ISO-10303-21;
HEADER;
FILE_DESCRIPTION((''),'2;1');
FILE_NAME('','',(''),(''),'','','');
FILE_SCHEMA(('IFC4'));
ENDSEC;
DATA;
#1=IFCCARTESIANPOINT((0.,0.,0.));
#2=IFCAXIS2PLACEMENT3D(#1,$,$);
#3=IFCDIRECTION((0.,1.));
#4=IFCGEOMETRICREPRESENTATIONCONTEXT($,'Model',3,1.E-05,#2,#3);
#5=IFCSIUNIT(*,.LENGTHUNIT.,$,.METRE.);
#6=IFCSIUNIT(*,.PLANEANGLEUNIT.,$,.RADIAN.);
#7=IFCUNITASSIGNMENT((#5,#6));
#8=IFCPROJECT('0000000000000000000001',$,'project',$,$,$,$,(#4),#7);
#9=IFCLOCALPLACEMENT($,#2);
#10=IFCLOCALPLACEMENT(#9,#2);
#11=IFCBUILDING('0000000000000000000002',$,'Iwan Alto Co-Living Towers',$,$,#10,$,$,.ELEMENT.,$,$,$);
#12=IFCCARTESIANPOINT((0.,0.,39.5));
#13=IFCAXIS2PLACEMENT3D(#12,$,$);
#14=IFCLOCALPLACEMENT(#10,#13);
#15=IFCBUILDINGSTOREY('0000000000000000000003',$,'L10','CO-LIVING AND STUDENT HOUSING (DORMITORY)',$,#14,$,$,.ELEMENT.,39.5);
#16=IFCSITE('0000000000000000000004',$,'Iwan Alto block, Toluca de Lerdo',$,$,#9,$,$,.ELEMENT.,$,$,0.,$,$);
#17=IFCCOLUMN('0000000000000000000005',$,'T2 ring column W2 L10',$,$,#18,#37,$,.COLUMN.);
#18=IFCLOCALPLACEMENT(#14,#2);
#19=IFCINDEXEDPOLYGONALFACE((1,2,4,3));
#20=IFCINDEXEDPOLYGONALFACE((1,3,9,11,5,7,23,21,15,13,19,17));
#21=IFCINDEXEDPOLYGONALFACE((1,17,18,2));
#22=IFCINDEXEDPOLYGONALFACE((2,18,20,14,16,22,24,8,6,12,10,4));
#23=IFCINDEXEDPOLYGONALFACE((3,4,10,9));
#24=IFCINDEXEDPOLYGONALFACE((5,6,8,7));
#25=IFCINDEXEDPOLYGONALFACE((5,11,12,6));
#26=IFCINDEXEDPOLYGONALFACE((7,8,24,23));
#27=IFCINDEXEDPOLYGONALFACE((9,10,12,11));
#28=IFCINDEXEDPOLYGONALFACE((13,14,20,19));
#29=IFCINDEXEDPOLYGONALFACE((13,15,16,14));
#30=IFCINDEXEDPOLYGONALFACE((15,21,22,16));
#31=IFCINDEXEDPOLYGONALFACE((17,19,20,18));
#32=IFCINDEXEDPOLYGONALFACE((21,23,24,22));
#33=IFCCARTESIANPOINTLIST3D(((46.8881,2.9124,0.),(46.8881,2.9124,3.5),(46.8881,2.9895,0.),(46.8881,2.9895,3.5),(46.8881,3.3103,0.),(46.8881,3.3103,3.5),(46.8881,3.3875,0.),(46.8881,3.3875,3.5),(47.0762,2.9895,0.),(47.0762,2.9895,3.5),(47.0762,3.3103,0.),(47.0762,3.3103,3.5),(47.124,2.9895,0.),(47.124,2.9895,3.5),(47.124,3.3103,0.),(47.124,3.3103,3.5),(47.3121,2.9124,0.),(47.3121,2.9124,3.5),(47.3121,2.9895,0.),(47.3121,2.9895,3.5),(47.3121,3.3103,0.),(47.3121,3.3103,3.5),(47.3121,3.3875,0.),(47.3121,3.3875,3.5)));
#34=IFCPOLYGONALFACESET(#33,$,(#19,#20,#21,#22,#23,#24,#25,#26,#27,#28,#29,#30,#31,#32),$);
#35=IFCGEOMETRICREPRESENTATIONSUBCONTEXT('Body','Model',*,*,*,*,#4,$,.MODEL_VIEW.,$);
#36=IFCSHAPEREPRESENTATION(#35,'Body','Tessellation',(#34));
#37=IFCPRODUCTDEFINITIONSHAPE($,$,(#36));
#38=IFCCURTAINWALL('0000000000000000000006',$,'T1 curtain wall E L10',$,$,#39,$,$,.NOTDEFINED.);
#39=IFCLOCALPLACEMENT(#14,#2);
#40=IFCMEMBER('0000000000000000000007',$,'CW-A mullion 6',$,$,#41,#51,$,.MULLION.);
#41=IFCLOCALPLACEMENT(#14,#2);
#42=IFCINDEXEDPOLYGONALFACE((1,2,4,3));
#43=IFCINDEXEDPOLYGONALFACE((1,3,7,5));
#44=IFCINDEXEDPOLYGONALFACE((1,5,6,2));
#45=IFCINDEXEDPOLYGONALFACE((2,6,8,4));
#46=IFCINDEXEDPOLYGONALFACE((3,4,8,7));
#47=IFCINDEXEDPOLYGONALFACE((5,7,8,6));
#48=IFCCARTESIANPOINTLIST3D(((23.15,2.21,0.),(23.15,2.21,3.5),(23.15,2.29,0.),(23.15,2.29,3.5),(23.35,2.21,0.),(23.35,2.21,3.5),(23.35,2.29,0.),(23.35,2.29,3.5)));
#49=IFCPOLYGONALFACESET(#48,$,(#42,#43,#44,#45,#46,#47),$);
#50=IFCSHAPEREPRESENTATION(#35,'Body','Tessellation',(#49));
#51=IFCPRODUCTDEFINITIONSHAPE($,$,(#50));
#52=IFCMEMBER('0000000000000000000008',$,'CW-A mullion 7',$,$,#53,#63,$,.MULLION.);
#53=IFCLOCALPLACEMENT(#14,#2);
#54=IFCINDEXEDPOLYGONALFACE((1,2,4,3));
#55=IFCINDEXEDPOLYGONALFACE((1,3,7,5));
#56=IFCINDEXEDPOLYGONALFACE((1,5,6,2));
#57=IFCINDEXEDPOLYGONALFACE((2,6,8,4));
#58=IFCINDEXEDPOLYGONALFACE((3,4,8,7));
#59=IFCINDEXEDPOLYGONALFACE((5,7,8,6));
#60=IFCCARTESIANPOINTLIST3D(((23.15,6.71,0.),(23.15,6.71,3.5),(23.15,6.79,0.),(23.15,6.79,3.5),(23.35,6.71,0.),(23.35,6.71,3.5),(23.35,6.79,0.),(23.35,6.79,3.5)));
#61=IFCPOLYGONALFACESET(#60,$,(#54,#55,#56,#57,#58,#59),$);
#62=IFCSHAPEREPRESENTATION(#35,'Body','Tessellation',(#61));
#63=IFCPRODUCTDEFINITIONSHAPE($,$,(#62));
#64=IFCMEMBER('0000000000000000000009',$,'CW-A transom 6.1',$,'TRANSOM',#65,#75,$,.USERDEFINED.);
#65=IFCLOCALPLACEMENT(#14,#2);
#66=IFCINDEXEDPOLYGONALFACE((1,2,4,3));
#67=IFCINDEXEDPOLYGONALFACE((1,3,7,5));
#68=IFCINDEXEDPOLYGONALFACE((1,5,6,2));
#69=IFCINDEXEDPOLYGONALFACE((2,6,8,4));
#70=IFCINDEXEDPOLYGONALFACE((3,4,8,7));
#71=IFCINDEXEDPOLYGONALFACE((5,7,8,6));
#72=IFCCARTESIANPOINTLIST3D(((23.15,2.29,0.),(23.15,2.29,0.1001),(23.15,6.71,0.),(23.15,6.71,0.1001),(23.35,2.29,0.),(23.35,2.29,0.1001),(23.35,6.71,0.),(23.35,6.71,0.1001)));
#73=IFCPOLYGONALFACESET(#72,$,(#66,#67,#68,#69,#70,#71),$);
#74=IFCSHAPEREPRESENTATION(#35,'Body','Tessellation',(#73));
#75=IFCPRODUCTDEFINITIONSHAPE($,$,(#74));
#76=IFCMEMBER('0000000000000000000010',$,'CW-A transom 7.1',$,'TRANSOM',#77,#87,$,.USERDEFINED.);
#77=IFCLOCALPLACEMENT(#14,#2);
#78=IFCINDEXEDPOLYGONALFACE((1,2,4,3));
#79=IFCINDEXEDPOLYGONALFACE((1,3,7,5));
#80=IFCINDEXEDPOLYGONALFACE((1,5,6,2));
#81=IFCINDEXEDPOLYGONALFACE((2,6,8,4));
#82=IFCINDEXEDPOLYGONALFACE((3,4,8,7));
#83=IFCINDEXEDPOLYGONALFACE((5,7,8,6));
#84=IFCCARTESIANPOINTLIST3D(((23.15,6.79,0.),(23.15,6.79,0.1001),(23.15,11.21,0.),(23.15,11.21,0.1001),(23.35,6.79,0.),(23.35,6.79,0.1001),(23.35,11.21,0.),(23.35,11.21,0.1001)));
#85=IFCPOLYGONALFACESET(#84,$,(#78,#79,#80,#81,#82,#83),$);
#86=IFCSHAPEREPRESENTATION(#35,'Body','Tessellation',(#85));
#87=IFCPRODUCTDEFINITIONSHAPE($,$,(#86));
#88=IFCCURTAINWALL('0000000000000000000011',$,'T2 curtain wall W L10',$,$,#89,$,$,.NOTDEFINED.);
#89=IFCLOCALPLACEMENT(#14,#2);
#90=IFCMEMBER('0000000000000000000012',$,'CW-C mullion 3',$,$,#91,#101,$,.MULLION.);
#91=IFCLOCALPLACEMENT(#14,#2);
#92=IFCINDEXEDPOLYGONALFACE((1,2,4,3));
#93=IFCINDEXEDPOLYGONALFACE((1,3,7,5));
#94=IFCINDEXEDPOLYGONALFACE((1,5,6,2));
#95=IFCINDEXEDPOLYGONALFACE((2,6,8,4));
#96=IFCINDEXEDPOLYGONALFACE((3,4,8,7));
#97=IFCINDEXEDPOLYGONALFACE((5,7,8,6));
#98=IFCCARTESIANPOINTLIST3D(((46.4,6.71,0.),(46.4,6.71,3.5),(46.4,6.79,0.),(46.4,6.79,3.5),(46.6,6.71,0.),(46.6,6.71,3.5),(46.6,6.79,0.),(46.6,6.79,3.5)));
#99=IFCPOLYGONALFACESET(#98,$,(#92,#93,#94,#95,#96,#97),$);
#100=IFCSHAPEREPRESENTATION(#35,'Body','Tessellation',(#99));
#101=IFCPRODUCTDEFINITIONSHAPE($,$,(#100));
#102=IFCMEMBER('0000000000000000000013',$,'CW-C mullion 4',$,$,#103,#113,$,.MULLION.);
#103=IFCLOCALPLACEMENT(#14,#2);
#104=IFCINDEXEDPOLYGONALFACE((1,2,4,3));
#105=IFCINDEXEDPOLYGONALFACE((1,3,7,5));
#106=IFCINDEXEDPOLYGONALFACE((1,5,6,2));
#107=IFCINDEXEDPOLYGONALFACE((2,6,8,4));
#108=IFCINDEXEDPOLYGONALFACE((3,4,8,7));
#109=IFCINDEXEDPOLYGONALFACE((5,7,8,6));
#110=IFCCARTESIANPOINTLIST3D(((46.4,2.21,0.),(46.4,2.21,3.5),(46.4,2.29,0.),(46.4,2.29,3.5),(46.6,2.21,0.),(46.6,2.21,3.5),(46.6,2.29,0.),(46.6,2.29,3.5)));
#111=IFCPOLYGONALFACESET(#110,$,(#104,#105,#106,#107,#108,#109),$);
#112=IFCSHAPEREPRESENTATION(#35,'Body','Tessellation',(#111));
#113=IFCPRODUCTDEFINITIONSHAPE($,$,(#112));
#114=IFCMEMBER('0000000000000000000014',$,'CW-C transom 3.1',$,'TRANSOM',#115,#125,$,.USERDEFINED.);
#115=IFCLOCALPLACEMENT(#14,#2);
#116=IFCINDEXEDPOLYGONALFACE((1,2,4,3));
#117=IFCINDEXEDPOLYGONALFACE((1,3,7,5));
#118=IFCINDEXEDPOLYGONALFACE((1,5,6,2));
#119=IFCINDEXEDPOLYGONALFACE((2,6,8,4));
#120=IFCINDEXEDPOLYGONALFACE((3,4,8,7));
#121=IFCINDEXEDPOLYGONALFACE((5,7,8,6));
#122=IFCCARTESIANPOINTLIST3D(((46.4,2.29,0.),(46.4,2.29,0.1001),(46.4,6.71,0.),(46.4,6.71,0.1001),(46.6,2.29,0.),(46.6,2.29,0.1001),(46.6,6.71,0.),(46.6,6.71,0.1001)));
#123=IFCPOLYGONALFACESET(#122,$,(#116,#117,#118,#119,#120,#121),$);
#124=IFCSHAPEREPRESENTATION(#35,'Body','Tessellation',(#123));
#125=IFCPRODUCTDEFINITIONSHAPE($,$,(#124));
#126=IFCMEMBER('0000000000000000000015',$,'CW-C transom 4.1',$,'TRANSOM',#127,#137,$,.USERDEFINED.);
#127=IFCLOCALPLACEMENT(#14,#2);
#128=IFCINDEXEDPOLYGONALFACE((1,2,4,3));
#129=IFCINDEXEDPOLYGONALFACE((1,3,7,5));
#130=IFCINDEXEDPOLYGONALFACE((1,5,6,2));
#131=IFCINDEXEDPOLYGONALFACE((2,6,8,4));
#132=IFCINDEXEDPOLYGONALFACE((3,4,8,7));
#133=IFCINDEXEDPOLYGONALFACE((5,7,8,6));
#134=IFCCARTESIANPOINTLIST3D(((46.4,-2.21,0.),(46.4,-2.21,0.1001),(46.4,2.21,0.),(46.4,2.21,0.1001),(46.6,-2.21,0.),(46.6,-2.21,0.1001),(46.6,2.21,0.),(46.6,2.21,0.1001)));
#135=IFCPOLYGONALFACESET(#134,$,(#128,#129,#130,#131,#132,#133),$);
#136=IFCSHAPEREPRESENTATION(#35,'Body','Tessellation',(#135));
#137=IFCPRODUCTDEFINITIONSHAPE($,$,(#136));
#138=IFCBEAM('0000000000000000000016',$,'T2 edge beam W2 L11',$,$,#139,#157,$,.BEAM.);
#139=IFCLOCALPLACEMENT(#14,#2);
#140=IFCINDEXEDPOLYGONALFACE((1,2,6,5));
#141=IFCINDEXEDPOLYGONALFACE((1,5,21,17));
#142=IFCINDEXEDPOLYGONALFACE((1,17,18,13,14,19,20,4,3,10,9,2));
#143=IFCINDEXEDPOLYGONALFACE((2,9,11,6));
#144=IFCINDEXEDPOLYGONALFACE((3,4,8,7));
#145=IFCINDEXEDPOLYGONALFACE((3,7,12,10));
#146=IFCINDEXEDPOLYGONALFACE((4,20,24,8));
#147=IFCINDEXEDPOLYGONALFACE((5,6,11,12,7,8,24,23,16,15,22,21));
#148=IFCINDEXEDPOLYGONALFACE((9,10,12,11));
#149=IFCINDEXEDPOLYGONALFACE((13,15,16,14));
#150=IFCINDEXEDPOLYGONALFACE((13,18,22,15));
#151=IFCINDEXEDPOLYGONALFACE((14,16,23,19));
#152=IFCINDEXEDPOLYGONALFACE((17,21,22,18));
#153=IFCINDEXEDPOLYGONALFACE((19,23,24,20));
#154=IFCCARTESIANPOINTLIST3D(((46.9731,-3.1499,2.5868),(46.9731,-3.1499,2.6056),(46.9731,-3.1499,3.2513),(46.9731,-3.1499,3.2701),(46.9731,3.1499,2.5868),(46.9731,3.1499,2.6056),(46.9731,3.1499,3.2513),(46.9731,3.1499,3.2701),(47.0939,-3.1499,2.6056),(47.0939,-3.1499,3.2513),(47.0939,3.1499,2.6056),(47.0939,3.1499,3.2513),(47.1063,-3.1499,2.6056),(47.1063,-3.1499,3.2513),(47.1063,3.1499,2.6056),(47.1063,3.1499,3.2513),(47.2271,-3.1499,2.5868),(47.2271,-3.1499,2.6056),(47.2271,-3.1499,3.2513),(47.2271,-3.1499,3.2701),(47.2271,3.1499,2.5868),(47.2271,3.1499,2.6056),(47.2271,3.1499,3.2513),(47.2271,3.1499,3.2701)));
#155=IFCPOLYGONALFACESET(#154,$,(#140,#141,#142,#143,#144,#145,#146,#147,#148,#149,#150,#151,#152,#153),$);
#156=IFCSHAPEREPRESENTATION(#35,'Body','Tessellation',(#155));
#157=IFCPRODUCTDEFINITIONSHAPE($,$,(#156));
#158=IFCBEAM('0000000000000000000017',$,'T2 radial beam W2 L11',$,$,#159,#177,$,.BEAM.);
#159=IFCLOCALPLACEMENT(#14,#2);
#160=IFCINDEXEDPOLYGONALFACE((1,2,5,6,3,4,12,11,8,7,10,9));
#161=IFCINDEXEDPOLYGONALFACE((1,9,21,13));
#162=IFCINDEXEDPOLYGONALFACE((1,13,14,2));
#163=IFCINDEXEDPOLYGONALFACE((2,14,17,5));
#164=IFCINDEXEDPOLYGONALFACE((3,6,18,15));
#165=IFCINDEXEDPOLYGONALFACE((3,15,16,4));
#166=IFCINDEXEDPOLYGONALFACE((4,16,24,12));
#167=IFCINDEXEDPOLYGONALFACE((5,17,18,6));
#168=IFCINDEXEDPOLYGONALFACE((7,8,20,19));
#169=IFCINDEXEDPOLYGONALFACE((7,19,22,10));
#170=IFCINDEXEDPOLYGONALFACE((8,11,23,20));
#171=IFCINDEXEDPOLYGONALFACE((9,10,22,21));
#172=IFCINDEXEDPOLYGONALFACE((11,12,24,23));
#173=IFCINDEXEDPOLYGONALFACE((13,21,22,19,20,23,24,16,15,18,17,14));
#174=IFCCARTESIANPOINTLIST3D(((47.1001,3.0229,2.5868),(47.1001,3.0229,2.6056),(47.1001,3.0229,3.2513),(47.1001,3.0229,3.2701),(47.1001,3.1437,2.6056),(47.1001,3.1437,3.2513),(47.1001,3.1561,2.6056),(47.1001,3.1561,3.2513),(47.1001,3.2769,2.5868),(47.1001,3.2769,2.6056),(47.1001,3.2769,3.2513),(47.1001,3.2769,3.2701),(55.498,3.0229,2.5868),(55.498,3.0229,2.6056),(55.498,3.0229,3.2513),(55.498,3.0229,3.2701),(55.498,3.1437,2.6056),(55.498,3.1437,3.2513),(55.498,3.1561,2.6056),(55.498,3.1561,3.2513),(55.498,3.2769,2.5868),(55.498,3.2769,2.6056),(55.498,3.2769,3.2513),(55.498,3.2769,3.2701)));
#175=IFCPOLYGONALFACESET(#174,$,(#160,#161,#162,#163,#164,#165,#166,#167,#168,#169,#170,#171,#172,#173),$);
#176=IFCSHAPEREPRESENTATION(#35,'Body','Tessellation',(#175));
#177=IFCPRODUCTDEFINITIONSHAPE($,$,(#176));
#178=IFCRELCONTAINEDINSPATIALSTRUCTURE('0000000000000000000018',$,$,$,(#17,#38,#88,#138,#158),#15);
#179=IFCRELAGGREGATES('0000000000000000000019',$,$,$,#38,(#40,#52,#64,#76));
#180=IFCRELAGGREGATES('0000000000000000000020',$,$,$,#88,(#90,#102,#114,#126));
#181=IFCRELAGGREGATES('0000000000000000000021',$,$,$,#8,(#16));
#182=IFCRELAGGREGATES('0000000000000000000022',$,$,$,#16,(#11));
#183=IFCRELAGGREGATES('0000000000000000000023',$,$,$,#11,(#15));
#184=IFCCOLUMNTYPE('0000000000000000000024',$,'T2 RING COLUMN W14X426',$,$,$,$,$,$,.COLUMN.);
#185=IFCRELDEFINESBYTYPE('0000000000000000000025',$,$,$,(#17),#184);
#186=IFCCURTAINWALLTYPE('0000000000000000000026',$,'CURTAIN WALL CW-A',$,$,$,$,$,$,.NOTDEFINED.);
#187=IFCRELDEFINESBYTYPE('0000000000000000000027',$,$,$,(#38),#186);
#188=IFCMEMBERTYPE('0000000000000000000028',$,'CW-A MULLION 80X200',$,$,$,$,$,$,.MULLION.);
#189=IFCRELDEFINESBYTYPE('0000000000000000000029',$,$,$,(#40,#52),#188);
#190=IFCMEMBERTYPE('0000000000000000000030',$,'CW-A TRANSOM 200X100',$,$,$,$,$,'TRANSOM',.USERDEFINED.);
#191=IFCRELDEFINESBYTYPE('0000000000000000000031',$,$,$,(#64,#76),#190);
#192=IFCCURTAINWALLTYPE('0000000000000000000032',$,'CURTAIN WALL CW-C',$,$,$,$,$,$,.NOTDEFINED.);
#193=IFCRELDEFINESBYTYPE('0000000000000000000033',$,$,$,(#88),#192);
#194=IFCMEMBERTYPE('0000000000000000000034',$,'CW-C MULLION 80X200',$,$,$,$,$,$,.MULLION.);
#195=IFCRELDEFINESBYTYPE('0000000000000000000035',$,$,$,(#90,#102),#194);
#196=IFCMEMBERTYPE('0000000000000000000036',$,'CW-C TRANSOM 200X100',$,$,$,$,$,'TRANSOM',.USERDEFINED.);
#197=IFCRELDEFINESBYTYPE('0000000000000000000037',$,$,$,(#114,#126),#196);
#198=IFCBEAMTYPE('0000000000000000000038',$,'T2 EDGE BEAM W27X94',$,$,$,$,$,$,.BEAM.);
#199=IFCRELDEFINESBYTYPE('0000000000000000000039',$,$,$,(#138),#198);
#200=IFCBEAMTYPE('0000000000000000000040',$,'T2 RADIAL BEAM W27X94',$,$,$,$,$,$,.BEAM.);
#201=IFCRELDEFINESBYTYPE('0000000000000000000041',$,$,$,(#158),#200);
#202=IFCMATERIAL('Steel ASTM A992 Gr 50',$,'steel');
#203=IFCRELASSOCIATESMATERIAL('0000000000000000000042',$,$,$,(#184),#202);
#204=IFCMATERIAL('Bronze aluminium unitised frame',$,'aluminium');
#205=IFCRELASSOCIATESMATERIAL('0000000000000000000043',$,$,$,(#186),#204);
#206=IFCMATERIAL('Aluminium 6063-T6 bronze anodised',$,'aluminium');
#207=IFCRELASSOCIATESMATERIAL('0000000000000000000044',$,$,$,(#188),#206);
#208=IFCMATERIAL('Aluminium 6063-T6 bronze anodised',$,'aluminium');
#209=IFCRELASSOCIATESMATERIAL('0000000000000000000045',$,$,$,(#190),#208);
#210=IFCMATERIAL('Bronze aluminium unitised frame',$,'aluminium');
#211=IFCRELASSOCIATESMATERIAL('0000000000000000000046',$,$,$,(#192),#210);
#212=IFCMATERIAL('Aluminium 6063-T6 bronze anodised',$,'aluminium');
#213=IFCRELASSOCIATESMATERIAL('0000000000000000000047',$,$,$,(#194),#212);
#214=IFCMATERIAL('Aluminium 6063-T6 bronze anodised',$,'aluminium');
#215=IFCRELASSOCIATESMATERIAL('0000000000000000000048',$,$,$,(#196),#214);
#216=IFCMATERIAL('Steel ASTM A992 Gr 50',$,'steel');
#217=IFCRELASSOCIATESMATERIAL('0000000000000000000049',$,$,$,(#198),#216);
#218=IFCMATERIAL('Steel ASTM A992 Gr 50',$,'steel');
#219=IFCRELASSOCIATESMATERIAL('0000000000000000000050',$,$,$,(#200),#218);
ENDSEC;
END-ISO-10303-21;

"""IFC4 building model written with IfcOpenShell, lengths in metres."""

from ifc_helpers import new_model, si_unit, direction, frame, origin, origin_2d, place, context, subcontext, project, spatial, rectangle, i_section, extrude, material, material_profile, profile_set, type_object, element, aggregate, save


model = new_model("IFC4")

# Units and contexts
model_context = context("Model", 3, precision=1e-05, world=origin(), true_north=direction((0.0, 1.0)))
body_context = subcontext(model_context, "Body", "Model", "MODEL_VIEW")
ifc_project = project(units=[si_unit("LENGTHUNIT", "METRE"), si_unit("PLANEANGLEUNIT", "RADIAN")], contexts=[model_context])

# Site, building, storey
site_placement = place(None, origin())
site = spatial("IfcSite", under=ifc_project, at=site_placement, Name="Iwan Alto block, Toluca de Lerdo", CompositionType="ELEMENT", RefElevation=0.0)
building_placement = place(site_placement, origin())
building = spatial("IfcBuilding", under=site, at=building_placement, Name="Iwan Alto Co-Living Towers", CompositionType="ELEMENT")
storey_placement = place(building_placement, frame((0.0, 0.0, 39.5)))
storey = spatial("IfcBuildingStorey", under=building, at=storey_placement, Name="L10", Description="CO-LIVING AND STUDENT HOUSING (DORMITORY)", CompositionType="ELEMENT", Elevation=39.5)

# Column
ifc_material_1 = material(Name="Steel ASTM A992 Gr 50", Category="steel")
ifc_material_profile_1 = material_profile(ifc_material_1, i_section(OverallWidth=0.4241, OverallDepth=0.4751, WebThickness=0.0479, FlangeThickness=0.0771, at=origin_2d()), Name="W14X426")
ifc_profile_set_1 = profile_set([ifc_material_profile_1], Name="Steel ASTM A992 Gr 50")
column_type = type_object("IfcColumnType", Name="T2 RING COLUMN W14X426", PredefinedType="COLUMN", material=ifc_profile_set_1)
column_placement = place(storey_placement, frame((47.1001, 3.1499, 0.0), z_axis=(0.0, 0.0, 1.0), x_axis=(1.0, 0.0, 0.0)))
element("IfcColumn", 1, at=column_placement, inside=storey, type_object=column_type, Name="T2 ring column W2 L10", PredefinedType="COLUMN", context=body_context, shape_type="SweptSolid", body=[
    extrude(i_section(OverallWidth=0.4241, OverallDepth=0.4751, WebThickness=0.0479, FlangeThickness=0.0771, at=origin_2d()), origin(), (0.0, 0.0, 1.0), 3.5),
])

# Curtain walls, members
ifc_material_2 = material(Name="Bronze aluminium unitised frame", Category="aluminium")
curtain_wall_type_1 = type_object("IfcCurtainWallType", Name="CURTAIN WALL CW-A", PredefinedType="NOTDEFINED", material=ifc_material_2)
curtain_wall_1_placement = place(storey_placement, origin())
curtain_wall_1 = element("IfcCurtainWall", 2, at=curtain_wall_1_placement, inside=storey, type_object=curtain_wall_type_1, Name="T1 curtain wall E L10", PredefinedType="NOTDEFINED")
ifc_material_3 = material(Name="Aluminium 6063-T6 bronze anodised", Category="aluminium")
ifc_material_profile_2 = material_profile(ifc_material_3, rectangle(XDim=0.2, YDim=0.0801, at=origin_2d()), Name="AL 80X200")
ifc_profile_set_2 = profile_set([ifc_material_profile_2], Name="Aluminium 6063-T6 bronze anodised")
member_type_1 = type_object("IfcMemberType", Name="CW-A MULLION 80X200", PredefinedType="MULLION", material=ifc_profile_set_2)
member_1_placement = place(storey_placement, frame((23.25, 2.25, 0.0), z_axis=(0.0, 0.0, 1.0), x_axis=(-1.0, 0.0, 0.0)))
member_1 = element("IfcMember", 3, at=member_1_placement, type_object=member_type_1, Name="CW-A mullion 6", PredefinedType="MULLION", context=body_context, shape_type="SweptSolid", body=[
    extrude(rectangle(XDim=0.2, YDim=0.0801, at=origin_2d()), origin(), (0.0, 0.0, 1.0), 3.5),
])
member_2_placement = place(storey_placement, frame((23.25, 6.75, 0.0), z_axis=(0.0, 0.0, 1.0), x_axis=(-1.0, 0.0, 0.0)))
member_2 = element("IfcMember", 4, at=member_2_placement, type_object=member_type_1, Name="CW-A mullion 7", PredefinedType="MULLION", context=body_context, shape_type="SweptSolid", body=[
    extrude(rectangle(XDim=0.2, YDim=0.0801, at=origin_2d()), origin(), (0.0, 0.0, 1.0), 3.5),
])
ifc_material_4 = material(Name="Aluminium 6063-T6 bronze anodised", Category="aluminium")
ifc_material_profile_3 = material_profile(ifc_material_4, rectangle(XDim=0.2, YDim=0.1001, at=origin_2d()), Name="AL 200X100")
ifc_profile_set_3 = profile_set([ifc_material_profile_3], Name="Aluminium 6063-T6 bronze anodised")
member_type_2 = type_object("IfcMemberType", Name="CW-A TRANSOM 200X100", ElementType="TRANSOM", PredefinedType="USERDEFINED", material=ifc_profile_set_3)
member_3_placement = place(storey_placement, frame((23.25, 2.29, 0.05), z_axis=(0.0, 1.0, 0.0), x_axis=(-1.0, 0.0, 0.0)))
member_3 = element("IfcMember", 5, at=member_3_placement, type_object=member_type_2, Name="CW-A transom 6.1", ObjectType="TRANSOM", PredefinedType="USERDEFINED", context=body_context, shape_type="SweptSolid", body=[
    extrude(rectangle(XDim=0.2, YDim=0.1001, at=origin_2d()), origin(), (0.0, 0.0, 1.0), 4.4199),
])
member_4_placement = place(storey_placement, frame((23.25, 6.79, 0.05), z_axis=(0.0, 1.0, 0.0), x_axis=(-1.0, 0.0, 0.0)))
member_4 = element("IfcMember", 6, at=member_4_placement, type_object=member_type_2, Name="CW-A transom 7.1", ObjectType="TRANSOM", PredefinedType="USERDEFINED", context=body_context, shape_type="SweptSolid", body=[
    extrude(rectangle(XDim=0.2, YDim=0.1001, at=origin_2d()), origin(), (0.0, 0.0, 1.0), 4.4199),
])
ifc_material_5 = material(Name="Bronze aluminium unitised frame", Category="aluminium")
curtain_wall_type_2 = type_object("IfcCurtainWallType", Name="CURTAIN WALL CW-C", PredefinedType="NOTDEFINED", material=ifc_material_5)
curtain_wall_2_placement = place(storey_placement, origin())
curtain_wall_2 = element("IfcCurtainWall", 7, at=curtain_wall_2_placement, inside=storey, type_object=curtain_wall_type_2, Name="T2 curtain wall W L10", PredefinedType="NOTDEFINED")
ifc_material_6 = material(Name="Aluminium 6063-T6 bronze anodised", Category="aluminium")
ifc_material_profile_4 = material_profile(ifc_material_6, rectangle(XDim=0.2, YDim=0.0801, at=origin_2d()), Name="AL 80X200")
ifc_profile_set_4 = profile_set([ifc_material_profile_4], Name="Aluminium 6063-T6 bronze anodised")
member_type_3 = type_object("IfcMemberType", Name="CW-C MULLION 80X200", PredefinedType="MULLION", material=ifc_profile_set_4)
member_5_placement = place(storey_placement, frame((46.5, 6.75, 0.0), z_axis=(0.0, 0.0, 1.0), x_axis=(1.0, 0.0, 0.0)))
member_5 = element("IfcMember", 8, at=member_5_placement, type_object=member_type_3, Name="CW-C mullion 3", PredefinedType="MULLION", context=body_context, shape_type="SweptSolid", body=[
    extrude(rectangle(XDim=0.2, YDim=0.0801, at=origin_2d()), origin(), (0.0, 0.0, 1.0), 3.5),
])
member_6_placement = place(storey_placement, frame((46.5, 2.25, 0.0), z_axis=(0.0, 0.0, 1.0), x_axis=(1.0, 0.0, 0.0)))
member_6 = element("IfcMember", 9, at=member_6_placement, type_object=member_type_3, Name="CW-C mullion 4", PredefinedType="MULLION", context=body_context, shape_type="SweptSolid", body=[
    extrude(rectangle(XDim=0.2, YDim=0.0801, at=origin_2d()), origin(), (0.0, 0.0, 1.0), 3.5),
])
ifc_material_7 = material(Name="Aluminium 6063-T6 bronze anodised", Category="aluminium")
ifc_material_profile_5 = material_profile(ifc_material_7, rectangle(XDim=0.2, YDim=0.1001, at=origin_2d()), Name="AL 200X100")
ifc_profile_set_5 = profile_set([ifc_material_profile_5], Name="Aluminium 6063-T6 bronze anodised")
member_type_4 = type_object("IfcMemberType", Name="CW-C TRANSOM 200X100", ElementType="TRANSOM", PredefinedType="USERDEFINED", material=ifc_profile_set_5)
member_7_placement = place(storey_placement, frame((46.5, 6.71, 0.05), z_axis=(0.0, -1.0, 0.0), x_axis=(1.0, 0.0, 0.0)))
member_7 = element("IfcMember", 10, at=member_7_placement, type_object=member_type_4, Name="CW-C transom 3.1", ObjectType="TRANSOM", PredefinedType="USERDEFINED", context=body_context, shape_type="SweptSolid", body=[
    extrude(rectangle(XDim=0.2, YDim=0.1001, at=origin_2d()), origin(), (0.0, 0.0, 1.0), 4.4199),
])
member_8_placement = place(storey_placement, frame((46.5, 2.21, 0.05), z_axis=(0.0, -1.0, 0.0), x_axis=(1.0, 0.0, 0.0)))
member_8 = element("IfcMember", 11, at=member_8_placement, type_object=member_type_4, Name="CW-C transom 4.1", ObjectType="TRANSOM", PredefinedType="USERDEFINED", context=body_context, shape_type="SweptSolid", body=[
    extrude(rectangle(XDim=0.2, YDim=0.1001, at=origin_2d()), origin(), (0.0, 0.0, 1.0), 4.4199),
])

# Beams
ifc_material_8 = material(Name="Steel ASTM A992 Gr 50", Category="steel")
ifc_material_profile_6 = material_profile(ifc_material_8, i_section(OverallWidth=0.2539, OverallDepth=0.6833, WebThickness=0.0125, FlangeThickness=0.0188, at=origin_2d()), Name="W27X94")
ifc_profile_set_6 = profile_set([ifc_material_profile_6], Name="Steel ASTM A992 Gr 50")
beam_type_1 = type_object("IfcBeamType", Name="T2 EDGE BEAM W27X94", PredefinedType="BEAM", material=ifc_profile_set_6)
beam_1_placement = place(storey_placement, frame((47.1001, 3.1499, 2.9285), z_axis=(0.0, -1.0, 0.0), x_axis=(1.0, 0.0, 0.0)))
element("IfcBeam", 12, at=beam_1_placement, inside=storey, type_object=beam_type_1, Name="T2 edge beam W2 L11", PredefinedType="BEAM", context=body_context, shape_type="SweptSolid", body=[
    extrude(i_section(OverallWidth=0.2539, OverallDepth=0.6833, WebThickness=0.0125, FlangeThickness=0.0188, at=origin_2d()), origin(), (0.0, 0.0, 1.0), 6.2998),
])
ifc_material_9 = material(Name="Steel ASTM A992 Gr 50", Category="steel")
ifc_material_profile_7 = material_profile(ifc_material_9, i_section(OverallWidth=0.2539, OverallDepth=0.6833, WebThickness=0.0125, FlangeThickness=0.0188, at=origin_2d()), Name="W27X94")
ifc_profile_set_7 = profile_set([ifc_material_profile_7], Name="Steel ASTM A992 Gr 50")
beam_type_2 = type_object("IfcBeamType", Name="T2 RADIAL BEAM W27X94", PredefinedType="BEAM", material=ifc_profile_set_7)
beam_2_placement = place(storey_placement, frame((47.1001, 3.1499, 2.9285), z_axis=(1.0, 0.0, 0.0), x_axis=(0.0, 1.0, 0.0)))
element("IfcBeam", 13, at=beam_2_placement, inside=storey, type_object=beam_type_2, Name="T2 radial beam W2 L11", PredefinedType="BEAM", context=body_context, shape_type="SweptSolid", body=[
    extrude(i_section(OverallWidth=0.2539, OverallDepth=0.6833, WebThickness=0.0125, FlangeThickness=0.0188, at=origin_2d()), origin(), (0.0, 0.0, 1.0), 8.3979),
])

aggregate(curtain_wall_1, [member_1, member_2, member_3, member_4])
aggregate(curtain_wall_2, [member_5, member_6, member_7, member_8])

save(model, "model.ifc")
